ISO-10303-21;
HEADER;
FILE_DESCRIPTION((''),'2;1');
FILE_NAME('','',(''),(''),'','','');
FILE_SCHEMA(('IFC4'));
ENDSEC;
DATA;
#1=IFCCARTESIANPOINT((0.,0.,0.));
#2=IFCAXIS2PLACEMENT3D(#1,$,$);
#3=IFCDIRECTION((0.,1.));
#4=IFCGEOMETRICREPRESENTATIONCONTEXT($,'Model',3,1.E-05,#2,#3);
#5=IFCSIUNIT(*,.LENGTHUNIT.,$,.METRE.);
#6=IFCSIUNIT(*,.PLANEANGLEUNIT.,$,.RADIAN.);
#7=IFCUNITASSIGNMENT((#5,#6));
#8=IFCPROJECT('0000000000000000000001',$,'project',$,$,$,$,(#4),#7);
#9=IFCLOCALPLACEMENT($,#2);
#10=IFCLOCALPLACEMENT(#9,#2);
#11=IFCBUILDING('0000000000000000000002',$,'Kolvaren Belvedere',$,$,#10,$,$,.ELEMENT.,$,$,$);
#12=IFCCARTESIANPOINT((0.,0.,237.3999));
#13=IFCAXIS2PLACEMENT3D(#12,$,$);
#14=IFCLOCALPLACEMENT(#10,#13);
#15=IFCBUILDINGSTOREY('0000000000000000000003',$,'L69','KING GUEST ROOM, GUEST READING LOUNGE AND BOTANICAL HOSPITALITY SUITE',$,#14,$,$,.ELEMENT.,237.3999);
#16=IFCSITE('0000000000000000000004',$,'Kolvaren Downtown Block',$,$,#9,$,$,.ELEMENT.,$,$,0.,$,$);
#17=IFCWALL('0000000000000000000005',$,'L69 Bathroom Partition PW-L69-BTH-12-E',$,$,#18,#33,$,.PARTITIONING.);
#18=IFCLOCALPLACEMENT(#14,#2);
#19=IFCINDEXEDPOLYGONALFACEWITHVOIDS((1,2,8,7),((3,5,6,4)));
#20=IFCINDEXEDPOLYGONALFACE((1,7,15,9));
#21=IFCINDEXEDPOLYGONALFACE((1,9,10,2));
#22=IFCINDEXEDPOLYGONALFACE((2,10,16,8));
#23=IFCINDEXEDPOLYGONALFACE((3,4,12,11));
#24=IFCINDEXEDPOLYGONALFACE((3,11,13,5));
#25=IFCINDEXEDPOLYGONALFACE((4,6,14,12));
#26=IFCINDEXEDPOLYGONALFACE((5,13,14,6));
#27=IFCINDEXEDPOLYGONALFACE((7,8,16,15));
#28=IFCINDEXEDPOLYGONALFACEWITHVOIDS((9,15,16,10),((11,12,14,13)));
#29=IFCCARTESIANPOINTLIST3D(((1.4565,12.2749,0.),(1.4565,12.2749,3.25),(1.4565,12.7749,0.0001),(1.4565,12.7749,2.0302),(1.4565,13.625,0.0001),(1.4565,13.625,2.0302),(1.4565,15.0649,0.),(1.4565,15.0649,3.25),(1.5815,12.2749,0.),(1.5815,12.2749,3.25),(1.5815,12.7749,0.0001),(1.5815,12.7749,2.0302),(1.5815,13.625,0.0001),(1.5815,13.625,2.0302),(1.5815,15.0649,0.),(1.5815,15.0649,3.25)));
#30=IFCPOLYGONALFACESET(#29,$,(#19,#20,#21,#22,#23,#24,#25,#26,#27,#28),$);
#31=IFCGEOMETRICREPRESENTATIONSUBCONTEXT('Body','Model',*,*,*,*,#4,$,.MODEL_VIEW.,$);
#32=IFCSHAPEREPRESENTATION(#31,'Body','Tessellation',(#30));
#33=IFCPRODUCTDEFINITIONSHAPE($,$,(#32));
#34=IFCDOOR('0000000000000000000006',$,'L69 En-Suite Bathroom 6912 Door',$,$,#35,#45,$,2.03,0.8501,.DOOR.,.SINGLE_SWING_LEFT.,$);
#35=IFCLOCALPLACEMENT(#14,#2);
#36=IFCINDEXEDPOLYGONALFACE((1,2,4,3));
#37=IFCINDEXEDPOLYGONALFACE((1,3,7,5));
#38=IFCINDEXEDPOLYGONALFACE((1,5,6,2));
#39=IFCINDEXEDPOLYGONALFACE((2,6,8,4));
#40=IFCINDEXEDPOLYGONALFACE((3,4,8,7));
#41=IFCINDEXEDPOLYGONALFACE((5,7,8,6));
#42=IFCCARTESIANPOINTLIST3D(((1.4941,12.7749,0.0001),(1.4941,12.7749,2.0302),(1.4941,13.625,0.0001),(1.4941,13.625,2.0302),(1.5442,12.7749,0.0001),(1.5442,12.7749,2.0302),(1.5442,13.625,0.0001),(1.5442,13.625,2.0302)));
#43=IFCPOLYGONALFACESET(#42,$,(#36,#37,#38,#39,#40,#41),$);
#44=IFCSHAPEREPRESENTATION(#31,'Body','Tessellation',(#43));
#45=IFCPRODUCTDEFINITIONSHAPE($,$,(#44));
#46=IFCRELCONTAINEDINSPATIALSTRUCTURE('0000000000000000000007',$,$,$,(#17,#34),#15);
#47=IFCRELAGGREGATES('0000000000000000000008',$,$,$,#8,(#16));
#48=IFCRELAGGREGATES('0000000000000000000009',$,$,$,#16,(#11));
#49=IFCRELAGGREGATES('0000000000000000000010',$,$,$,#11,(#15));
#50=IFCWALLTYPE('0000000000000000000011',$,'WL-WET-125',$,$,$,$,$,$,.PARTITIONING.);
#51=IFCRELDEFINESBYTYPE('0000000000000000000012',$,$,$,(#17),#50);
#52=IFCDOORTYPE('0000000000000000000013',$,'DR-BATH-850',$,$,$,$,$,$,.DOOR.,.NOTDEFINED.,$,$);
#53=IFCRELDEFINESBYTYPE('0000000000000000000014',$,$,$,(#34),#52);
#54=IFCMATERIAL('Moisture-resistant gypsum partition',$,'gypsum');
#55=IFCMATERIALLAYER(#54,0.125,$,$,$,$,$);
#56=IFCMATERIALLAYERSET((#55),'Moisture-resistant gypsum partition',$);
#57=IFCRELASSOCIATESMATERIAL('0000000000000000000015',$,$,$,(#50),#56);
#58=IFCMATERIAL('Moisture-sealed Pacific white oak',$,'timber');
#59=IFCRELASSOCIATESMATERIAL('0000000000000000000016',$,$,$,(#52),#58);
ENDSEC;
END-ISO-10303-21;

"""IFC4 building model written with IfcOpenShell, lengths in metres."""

from ifc_helpers import new_model, si_unit, direction, frame, frame_2d, origin, place, context, subcontext, project, spatial, rectangle, extrude, material, layer, layer_set, type_object, element, fill, save


model = new_model("IFC4")

# Units and contexts
model_context = context("Model", 3, precision=1e-05, world=origin(), true_north=direction((0.0, 1.0)))
body_context = subcontext(model_context, "Body", "Model", "MODEL_VIEW")
ifc_project = project(units=[si_unit("LENGTHUNIT", "METRE"), si_unit("PLANEANGLEUNIT", "RADIAN")], contexts=[model_context])

# Site, building, storey
site_placement = place(None, origin())
site = spatial("IfcSite", under=ifc_project, at=site_placement, Name="Kolvaren Downtown Block", CompositionType="ELEMENT", RefElevation=0.0)
building_placement = place(site_placement, origin())
building = spatial("IfcBuilding", under=site, at=building_placement, Name="Kolvaren Belvedere", CompositionType="ELEMENT")
storey_placement = place(building_placement, frame((0.0, 0.0, 237.3999)))
storey = spatial("IfcBuildingStorey", under=building, at=storey_placement, Name="L69", Description="KING GUEST ROOM, GUEST READING LOUNGE AND BOTANICAL HOSPITALITY SUITE", CompositionType="ELEMENT", Elevation=237.3999)

# Wall, opening, door
ifc_material_1 = material(Name="Moisture-resistant gypsum partition", Category="gypsum")
ifc_layer_1 = layer(ifc_material_1, 0.125)
ifc_layer_set_1 = layer_set([ifc_layer_1], Name="Moisture-resistant gypsum partition")
wall_type_1 = type_object("IfcWallType", Name="WL-WET-125", PredefinedType="PARTITIONING", material=ifc_layer_set_1)
wall_1_placement = place(storey_placement, frame((1.519, 12.2749, 0.0), z_axis=(0.0, 0.0, 1.0), x_axis=(0.0, 1.0, 0.0)))
wall_1 = element("IfcWall", 1, at=wall_1_placement, inside=storey, type_object=wall_type_1, Name="L69 Bathroom Partition PW-L69-BTH-12-E", PredefinedType="PARTITIONING", context=body_context, shape_type="SweptSolid", body=[
    extrude(rectangle(XDim=2.79, YDim=0.125, at=frame_2d((1.395, 0.0))), origin(), (0.0, 0.0, 1.0), 3.25),
])
opening_1_placement = place(wall_1_placement, frame((0.5, 0.0, 0.0)))
opening_1 = element("IfcOpeningElement", 2, at=opening_1_placement, cuts=wall_1, PredefinedType="OPENING", context=body_context, shape_type="SweptSolid", body=[
    extrude(rectangle(XDim=0.8501, YDim=2.03, at=frame_2d((0.425, 1.0151))), frame((0.0, 0.0725, 0.0), z_axis=(0.0, -1.0, 0.0), x_axis=(1.0, 0.0, 0.0)), (0.0, 0.0, 1.0), 0.145),
])
ifc_material_2 = material(Name="Moisture-sealed Pacific white oak", Category="timber")
door_type_1 = type_object("IfcDoorType", Name="DR-BATH-850", OperationType="NOTDEFINED", PredefinedType="DOOR", material=ifc_material_2)
door_1_placement = place(opening_1_placement, origin())
door_1 = element("IfcDoor", 3, at=door_1_placement, inside=storey, type_object=door_type_1, Name="L69 En-Suite Bathroom 6912 Door", OperationType="SINGLE_SWING_LEFT", OverallHeight=2.03, OverallWidth=0.8501, PredefinedType="DOOR", context=body_context, shape_type="SweptSolid", body=[
    extrude(rectangle(XDim=0.8501, YDim=2.03, at=frame_2d((0.425, 1.0151))), frame((0.0, 0.0249, 0.0), z_axis=(0.0, -1.0, 0.0), x_axis=(1.0, 0.0, 0.0)), (0.0, 0.0, 1.0), 0.05),
])
fill(opening_1, door_1)

save(model, "model.ifc")
